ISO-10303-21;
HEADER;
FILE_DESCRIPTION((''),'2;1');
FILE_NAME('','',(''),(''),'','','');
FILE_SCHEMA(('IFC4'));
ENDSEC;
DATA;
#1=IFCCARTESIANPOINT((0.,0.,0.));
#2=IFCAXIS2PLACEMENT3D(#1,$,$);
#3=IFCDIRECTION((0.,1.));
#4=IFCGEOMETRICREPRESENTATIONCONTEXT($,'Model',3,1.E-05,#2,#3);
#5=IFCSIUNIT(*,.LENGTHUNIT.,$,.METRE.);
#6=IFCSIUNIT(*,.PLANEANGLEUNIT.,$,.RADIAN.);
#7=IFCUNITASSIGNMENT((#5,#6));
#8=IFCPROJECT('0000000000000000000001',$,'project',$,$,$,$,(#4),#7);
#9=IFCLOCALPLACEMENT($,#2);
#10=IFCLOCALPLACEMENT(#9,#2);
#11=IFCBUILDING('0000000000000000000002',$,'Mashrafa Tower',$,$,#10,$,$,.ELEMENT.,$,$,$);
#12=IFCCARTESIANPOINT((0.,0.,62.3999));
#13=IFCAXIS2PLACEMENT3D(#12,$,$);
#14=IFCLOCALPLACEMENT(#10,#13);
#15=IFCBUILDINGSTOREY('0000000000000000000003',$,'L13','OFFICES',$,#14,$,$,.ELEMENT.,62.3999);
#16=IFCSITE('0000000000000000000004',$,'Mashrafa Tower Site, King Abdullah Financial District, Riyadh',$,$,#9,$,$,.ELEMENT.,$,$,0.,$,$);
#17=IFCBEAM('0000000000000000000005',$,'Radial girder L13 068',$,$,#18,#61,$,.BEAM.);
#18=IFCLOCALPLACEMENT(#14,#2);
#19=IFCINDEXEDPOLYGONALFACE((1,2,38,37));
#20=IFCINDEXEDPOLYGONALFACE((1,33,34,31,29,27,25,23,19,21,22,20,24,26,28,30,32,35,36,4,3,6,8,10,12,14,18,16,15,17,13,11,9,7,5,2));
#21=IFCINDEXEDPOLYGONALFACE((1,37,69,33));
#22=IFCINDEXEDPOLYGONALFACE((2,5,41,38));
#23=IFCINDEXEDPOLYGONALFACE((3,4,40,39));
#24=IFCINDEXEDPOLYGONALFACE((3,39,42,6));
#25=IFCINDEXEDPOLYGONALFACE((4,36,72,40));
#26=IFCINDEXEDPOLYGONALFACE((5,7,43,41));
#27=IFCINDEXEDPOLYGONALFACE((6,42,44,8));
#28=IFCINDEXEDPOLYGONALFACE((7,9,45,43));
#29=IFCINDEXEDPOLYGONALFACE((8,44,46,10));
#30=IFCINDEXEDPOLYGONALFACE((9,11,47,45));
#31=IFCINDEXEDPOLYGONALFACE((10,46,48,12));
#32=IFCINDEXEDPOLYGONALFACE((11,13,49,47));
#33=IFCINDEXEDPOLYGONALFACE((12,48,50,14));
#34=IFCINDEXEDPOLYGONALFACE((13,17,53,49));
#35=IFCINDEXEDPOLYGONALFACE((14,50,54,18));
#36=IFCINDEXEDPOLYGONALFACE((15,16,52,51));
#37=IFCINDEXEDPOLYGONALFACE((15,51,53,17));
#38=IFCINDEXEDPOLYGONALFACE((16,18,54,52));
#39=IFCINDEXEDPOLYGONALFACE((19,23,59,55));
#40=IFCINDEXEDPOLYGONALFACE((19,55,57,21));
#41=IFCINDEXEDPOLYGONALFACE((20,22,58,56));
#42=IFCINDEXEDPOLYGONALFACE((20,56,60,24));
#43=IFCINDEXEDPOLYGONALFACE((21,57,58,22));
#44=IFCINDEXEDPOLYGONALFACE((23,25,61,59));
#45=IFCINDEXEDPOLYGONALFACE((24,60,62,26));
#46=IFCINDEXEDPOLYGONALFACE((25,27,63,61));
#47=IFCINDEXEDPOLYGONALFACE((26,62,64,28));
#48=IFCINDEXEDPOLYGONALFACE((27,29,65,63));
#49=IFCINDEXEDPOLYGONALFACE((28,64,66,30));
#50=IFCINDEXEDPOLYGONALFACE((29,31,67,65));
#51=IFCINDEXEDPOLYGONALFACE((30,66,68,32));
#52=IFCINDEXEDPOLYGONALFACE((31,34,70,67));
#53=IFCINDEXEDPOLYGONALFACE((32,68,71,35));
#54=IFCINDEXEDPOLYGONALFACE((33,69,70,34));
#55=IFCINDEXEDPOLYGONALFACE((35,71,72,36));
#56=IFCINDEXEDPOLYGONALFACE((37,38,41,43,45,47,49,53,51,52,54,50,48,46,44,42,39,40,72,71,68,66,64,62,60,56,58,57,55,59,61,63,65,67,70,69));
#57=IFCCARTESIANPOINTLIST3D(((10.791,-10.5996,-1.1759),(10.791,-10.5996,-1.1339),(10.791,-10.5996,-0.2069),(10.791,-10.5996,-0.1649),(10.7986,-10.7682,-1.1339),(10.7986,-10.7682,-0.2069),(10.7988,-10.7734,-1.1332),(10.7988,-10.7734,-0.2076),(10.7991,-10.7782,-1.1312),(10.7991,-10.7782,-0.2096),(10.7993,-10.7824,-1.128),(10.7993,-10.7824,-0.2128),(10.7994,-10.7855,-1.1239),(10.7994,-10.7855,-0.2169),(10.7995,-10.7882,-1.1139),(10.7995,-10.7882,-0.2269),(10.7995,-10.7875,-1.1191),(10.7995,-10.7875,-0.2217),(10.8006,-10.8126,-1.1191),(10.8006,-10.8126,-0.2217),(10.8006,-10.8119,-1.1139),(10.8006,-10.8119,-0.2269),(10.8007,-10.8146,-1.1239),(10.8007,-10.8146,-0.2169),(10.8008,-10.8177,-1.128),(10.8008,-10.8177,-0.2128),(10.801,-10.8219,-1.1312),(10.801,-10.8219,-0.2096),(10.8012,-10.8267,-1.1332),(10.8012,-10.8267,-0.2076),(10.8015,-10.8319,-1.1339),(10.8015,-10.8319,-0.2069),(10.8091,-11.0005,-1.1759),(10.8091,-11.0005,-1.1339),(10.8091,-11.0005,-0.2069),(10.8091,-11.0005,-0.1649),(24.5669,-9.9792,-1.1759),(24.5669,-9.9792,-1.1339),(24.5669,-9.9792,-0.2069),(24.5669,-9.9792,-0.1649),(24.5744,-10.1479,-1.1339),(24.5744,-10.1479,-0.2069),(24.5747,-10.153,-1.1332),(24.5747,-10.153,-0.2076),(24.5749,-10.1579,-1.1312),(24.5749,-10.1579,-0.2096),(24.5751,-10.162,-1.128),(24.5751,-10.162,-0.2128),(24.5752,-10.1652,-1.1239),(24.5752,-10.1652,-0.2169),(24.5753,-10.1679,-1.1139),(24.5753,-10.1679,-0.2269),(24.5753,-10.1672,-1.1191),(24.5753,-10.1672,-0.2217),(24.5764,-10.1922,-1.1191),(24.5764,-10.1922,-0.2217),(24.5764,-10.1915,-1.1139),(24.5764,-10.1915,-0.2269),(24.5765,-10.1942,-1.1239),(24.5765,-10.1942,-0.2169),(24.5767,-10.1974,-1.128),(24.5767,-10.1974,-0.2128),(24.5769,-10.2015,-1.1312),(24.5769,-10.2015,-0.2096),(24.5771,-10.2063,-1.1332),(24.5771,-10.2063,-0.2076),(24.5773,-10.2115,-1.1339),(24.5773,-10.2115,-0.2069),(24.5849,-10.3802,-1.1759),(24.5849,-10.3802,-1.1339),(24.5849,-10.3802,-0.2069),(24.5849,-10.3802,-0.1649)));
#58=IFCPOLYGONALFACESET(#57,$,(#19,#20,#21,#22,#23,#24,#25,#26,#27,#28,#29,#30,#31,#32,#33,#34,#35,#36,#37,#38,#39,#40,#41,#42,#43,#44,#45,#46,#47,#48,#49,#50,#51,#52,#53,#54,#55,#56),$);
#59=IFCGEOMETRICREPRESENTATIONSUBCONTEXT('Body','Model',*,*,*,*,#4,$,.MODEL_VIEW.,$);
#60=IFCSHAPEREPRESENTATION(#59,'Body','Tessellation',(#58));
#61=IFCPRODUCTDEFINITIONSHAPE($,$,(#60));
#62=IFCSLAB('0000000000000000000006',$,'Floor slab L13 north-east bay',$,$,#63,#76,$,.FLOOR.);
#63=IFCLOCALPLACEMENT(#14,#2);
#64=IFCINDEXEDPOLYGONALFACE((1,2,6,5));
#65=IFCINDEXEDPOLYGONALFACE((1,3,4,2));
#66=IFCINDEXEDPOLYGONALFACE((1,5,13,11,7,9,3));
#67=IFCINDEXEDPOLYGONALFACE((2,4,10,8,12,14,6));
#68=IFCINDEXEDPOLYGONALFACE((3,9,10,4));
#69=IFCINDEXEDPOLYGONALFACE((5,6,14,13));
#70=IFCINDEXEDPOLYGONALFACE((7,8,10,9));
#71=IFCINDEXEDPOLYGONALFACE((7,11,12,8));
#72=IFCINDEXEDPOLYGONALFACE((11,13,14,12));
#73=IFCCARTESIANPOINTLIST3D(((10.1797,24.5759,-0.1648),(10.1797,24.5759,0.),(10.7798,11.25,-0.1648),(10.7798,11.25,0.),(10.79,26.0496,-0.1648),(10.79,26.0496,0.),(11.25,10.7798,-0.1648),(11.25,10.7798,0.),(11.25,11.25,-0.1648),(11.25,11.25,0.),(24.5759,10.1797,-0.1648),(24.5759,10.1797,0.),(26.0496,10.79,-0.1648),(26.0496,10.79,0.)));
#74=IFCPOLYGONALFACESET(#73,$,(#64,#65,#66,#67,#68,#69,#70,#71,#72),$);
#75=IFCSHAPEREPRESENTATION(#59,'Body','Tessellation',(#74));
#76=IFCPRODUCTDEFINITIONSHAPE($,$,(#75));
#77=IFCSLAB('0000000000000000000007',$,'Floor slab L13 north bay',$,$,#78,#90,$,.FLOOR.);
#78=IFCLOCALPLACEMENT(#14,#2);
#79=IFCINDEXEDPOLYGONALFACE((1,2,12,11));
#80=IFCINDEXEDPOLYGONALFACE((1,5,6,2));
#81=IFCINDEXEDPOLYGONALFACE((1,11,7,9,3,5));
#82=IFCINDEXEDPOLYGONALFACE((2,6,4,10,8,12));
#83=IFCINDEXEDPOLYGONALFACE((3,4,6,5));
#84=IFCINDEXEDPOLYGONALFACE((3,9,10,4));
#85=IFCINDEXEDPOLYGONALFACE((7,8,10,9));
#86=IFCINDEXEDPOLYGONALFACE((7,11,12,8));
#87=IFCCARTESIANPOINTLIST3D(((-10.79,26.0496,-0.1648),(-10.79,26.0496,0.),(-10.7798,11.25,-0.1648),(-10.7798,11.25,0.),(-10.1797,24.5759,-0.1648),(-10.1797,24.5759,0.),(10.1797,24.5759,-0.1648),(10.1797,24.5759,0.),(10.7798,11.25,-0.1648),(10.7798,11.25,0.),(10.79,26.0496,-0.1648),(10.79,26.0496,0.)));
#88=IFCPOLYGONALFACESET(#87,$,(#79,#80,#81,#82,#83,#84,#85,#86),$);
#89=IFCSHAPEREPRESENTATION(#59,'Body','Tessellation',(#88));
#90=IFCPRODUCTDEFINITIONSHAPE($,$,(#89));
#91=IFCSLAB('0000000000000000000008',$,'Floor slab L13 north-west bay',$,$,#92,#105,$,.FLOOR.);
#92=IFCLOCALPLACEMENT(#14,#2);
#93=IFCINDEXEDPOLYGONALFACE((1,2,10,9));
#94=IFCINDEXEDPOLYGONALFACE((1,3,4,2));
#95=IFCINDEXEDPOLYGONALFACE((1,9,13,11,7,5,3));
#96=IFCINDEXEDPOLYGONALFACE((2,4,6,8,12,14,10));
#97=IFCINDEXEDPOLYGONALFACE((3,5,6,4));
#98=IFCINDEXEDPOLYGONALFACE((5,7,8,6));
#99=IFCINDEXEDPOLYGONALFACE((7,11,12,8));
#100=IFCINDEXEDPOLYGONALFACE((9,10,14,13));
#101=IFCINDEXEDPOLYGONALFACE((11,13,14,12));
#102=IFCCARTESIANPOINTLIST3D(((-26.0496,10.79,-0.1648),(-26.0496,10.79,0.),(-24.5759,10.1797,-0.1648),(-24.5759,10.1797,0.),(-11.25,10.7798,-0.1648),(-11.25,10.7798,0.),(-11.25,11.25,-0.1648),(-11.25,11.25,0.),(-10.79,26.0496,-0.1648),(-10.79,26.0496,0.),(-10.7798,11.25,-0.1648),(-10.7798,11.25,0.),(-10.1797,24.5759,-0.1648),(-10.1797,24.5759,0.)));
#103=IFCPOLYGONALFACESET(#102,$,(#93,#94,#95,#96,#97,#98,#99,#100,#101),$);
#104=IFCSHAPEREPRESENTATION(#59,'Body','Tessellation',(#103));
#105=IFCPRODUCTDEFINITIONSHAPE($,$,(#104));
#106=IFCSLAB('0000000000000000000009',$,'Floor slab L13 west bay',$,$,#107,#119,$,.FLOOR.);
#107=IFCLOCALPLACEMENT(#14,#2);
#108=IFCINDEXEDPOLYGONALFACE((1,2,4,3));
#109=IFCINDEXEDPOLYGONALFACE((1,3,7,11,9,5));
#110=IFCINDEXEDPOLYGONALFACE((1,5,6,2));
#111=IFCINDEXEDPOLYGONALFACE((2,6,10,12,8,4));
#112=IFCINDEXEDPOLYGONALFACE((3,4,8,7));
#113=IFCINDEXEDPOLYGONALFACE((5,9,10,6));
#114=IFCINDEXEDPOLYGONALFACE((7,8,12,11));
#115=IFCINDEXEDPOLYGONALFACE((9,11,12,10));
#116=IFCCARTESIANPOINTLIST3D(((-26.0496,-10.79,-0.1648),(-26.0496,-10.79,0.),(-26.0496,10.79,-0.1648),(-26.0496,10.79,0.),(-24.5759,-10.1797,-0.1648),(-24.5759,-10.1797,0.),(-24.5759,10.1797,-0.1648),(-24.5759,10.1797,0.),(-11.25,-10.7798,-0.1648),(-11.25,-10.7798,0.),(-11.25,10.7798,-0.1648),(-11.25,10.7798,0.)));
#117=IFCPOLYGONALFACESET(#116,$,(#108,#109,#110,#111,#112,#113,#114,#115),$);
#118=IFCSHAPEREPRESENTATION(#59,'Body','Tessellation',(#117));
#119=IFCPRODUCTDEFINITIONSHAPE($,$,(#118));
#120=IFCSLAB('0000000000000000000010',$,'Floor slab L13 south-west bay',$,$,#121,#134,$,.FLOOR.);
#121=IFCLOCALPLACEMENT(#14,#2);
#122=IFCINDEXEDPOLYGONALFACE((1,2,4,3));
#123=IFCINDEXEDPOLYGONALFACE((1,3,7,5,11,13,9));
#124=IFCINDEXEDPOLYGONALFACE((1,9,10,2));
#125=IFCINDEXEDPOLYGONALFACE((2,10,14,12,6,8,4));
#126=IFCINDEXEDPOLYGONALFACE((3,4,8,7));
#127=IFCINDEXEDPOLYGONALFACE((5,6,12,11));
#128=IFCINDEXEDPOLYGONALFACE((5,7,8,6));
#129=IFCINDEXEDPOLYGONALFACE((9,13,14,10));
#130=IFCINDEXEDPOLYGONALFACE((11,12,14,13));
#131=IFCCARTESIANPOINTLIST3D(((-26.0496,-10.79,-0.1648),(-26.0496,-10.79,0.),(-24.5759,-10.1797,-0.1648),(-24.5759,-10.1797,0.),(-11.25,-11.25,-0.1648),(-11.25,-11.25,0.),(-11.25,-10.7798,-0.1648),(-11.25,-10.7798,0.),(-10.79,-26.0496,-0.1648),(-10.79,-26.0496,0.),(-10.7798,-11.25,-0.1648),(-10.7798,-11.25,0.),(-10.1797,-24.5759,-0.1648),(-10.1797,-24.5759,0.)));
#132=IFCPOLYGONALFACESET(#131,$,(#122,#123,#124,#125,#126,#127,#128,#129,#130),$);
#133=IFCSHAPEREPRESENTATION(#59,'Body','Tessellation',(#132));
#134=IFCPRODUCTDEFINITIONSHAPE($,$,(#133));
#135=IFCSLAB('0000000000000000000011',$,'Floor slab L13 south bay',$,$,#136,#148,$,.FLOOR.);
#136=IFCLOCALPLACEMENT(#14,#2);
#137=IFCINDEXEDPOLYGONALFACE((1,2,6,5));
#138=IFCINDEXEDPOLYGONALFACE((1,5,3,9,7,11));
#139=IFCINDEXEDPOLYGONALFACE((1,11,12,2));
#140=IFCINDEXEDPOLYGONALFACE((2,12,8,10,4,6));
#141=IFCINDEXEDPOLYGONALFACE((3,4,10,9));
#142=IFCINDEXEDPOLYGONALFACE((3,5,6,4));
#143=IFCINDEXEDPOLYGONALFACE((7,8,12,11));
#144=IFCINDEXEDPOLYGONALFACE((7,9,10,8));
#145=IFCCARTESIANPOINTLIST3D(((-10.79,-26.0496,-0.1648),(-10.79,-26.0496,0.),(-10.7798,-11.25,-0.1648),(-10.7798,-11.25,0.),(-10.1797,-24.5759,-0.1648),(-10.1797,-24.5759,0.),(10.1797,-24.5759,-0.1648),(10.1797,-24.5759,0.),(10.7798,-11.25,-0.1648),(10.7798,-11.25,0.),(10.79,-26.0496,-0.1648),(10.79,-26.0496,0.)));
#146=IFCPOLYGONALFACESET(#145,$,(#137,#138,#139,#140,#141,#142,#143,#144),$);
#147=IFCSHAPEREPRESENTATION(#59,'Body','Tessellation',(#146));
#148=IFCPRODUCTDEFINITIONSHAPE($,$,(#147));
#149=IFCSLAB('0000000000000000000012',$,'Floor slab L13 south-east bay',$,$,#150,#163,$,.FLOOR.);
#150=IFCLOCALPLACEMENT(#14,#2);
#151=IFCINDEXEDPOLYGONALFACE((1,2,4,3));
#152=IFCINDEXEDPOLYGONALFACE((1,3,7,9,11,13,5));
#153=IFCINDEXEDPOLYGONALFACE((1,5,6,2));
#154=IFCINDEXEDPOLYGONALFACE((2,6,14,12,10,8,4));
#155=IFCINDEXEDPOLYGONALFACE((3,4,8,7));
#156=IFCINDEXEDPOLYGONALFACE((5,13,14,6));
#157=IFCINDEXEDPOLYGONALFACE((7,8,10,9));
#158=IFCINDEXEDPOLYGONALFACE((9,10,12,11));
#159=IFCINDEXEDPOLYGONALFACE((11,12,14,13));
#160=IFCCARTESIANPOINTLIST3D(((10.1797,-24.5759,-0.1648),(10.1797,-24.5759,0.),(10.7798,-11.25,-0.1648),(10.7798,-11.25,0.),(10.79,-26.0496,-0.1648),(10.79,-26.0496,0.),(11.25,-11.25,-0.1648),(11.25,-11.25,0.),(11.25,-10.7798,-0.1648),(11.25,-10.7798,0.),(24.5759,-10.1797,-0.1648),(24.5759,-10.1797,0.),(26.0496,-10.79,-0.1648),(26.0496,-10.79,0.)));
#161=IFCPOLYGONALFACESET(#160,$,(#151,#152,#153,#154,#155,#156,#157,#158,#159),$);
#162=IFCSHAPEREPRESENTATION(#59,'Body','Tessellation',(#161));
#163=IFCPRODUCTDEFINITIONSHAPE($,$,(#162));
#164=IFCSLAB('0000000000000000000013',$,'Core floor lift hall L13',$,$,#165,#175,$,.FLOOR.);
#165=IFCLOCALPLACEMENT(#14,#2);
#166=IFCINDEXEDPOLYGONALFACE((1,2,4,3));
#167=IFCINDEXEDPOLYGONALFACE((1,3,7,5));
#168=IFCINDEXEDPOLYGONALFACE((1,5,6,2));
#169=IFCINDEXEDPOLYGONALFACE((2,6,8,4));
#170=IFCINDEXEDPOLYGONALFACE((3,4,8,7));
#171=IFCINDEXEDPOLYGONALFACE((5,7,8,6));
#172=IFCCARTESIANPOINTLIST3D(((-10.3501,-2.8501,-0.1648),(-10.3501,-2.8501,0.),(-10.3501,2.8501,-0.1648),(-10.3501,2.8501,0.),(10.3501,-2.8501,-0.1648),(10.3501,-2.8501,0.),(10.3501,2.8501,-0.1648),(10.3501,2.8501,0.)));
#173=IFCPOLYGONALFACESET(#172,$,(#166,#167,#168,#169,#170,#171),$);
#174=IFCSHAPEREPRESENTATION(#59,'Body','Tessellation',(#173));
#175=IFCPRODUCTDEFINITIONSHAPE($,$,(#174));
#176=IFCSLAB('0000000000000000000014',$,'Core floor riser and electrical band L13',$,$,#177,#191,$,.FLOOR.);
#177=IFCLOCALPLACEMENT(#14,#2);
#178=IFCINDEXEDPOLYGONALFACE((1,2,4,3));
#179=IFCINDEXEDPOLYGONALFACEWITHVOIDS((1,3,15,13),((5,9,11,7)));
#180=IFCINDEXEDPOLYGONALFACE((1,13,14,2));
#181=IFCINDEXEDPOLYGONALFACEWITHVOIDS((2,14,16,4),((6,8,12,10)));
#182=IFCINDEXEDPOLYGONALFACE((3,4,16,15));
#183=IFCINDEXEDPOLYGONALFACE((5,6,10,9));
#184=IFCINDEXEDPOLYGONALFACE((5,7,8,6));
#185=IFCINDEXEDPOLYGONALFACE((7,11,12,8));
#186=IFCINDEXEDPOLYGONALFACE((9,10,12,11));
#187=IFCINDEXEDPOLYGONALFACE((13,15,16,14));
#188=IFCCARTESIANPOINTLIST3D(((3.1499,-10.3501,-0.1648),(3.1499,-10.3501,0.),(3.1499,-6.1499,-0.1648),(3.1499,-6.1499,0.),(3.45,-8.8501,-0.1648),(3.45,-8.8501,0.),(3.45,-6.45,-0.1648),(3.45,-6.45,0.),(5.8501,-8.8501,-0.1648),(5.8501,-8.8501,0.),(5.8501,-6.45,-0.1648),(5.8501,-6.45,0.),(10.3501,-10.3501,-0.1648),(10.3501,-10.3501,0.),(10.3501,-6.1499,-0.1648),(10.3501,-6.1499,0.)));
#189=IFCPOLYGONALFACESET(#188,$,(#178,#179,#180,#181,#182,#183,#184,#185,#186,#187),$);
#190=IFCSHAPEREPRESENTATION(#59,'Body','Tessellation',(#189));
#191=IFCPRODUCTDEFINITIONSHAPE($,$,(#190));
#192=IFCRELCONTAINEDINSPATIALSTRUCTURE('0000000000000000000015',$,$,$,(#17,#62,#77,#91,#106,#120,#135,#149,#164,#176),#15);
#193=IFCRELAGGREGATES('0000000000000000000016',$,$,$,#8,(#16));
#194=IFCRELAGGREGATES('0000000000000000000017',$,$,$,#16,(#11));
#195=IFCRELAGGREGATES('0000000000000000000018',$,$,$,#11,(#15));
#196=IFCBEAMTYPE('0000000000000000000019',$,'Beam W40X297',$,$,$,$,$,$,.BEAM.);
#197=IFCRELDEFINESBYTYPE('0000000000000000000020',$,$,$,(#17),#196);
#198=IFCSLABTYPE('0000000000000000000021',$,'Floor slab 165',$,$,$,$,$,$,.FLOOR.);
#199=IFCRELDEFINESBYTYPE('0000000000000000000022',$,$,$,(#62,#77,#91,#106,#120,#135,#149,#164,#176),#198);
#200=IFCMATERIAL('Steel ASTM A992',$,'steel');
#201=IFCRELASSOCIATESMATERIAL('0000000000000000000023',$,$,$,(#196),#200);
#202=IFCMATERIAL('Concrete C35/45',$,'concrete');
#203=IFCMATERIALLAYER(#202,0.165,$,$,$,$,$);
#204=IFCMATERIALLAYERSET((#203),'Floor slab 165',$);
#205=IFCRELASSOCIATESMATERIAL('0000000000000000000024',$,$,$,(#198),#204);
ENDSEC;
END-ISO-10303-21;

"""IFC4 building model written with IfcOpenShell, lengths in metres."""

from ifc_helpers import new_model, si_unit, direction, frame, origin, origin_2d, place, context, subcontext, project, spatial, polyline, i_section, outline, extrude, material, layer, layer_set, material_profile, profile_set, type_object, element, save


model = new_model("IFC4")

# Units and contexts
model_context = context("Model", 3, precision=1e-05, world=origin(), true_north=direction((0.0, 1.0)))
body_context = subcontext(model_context, "Body", "Model", "MODEL_VIEW")
ifc_project = project(units=[si_unit("LENGTHUNIT", "METRE"), si_unit("PLANEANGLEUNIT", "RADIAN")], contexts=[model_context])

# Site, building, storey
site_placement = place(None, origin())
site = spatial("IfcSite", under=ifc_project, at=site_placement, Name="Mashrafa Tower Site, King Abdullah Financial District, Riyadh", CompositionType="ELEMENT", RefElevation=0.0)
building_placement = place(site_placement, origin())
building = spatial("IfcBuilding", under=site, at=building_placement, Name="Mashrafa Tower", CompositionType="ELEMENT")
storey_placement = place(building_placement, frame((0.0, 0.0, 62.3999)))
storey = spatial("IfcBuildingStorey", under=building, at=storey_placement, Name="L13", Description="OFFICES", CompositionType="ELEMENT", Elevation=62.3999)

# Beam
ifc_material_1 = material(Name="Steel ASTM A992", Category="steel")
ifc_material_profile = material_profile(ifc_material_1, i_section(OverallWidth=0.4014, OverallDepth=1.011, WebThickness=0.0237, FlangeThickness=0.042, FilletRadius=0.02, at=origin_2d()), Name="W40X297")
ifc_profile_set = profile_set([ifc_material_profile], Name="Steel ASTM A992")
beam_type = type_object("IfcBeamType", Name="Beam W40X297", PredefinedType="BEAM", material=ifc_profile_set)
beam_placement = place(storey_placement, frame((10.8, -10.8, -0.6704), z_axis=(0.998988, 0.044987, 0.0), x_axis=(-0.044987, 0.998988, 0.0)))
element("IfcBeam", 1, at=beam_placement, inside=storey, type_object=beam_type, Name="Radial girder L13 068", PredefinedType="BEAM", context=body_context, shape_type="SweptSolid", body=[
    extrude(i_section(OverallWidth=0.4014, OverallDepth=1.011, WebThickness=0.0237, FlangeThickness=0.042, FilletRadius=0.02, at=origin_2d()), origin(), (0.0, 0.0, 1.0), 13.7898),
])

# Slabs
ifc_material_2 = material(Name="Concrete C35/45", Category="concrete")
ifc_layer_1 = layer(ifc_material_2, 0.165)
ifc_layer_set_1 = layer_set([ifc_layer_1], Name="Floor slab 165")
slab_type_1 = type_object("IfcSlabType", Name="Floor slab 165", PredefinedType="FLOOR", material=ifc_layer_set_1)
slab_1_placement = place(storey_placement, frame((0.0, 0.0, -0.1648)))
element("IfcSlab", 2, at=slab_1_placement, inside=storey, type_object=slab_type_1, Name="Floor slab L13 north-east bay", PredefinedType="FLOOR", context=body_context, shape_type="SweptSolid", body=[
    extrude(outline(polyline([(10.79, 26.0496), (26.0496, 10.79), (26.0496, 10.79), (24.5759, 10.1797), (11.25, 10.7798), (11.25, 11.25), (10.7798, 11.25), (10.1797, 24.5759), (10.79, 26.0496), (10.79, 26.0496)])), origin(), (0.0, 0.0, 1.0), 0.1648),
])
slab_2_placement = place(storey_placement, frame((0.0, 0.0, -0.1648)))
element("IfcSlab", 3, at=slab_2_placement, inside=storey, type_object=slab_type_1, Name="Floor slab L13 north bay", PredefinedType="FLOOR", context=body_context, shape_type="SweptSolid", body=[
    extrude(outline(polyline([(10.79, 26.0496), (10.1797, 24.5759), (10.7798, 11.25), (-10.7798, 11.25), (-10.1797, 24.5759), (-10.79, 26.0496), (10.79, 26.0496)])), origin(), (0.0, 0.0, 1.0), 0.1648),
])
slab_3_placement = place(storey_placement, frame((0.0, 0.0, -0.1648)))
element("IfcSlab", 4, at=slab_3_placement, inside=storey, type_object=slab_type_1, Name="Floor slab L13 north-west bay", PredefinedType="FLOOR", context=body_context, shape_type="SweptSolid", body=[
    extrude(outline(polyline([(-26.0496, 10.79), (-10.79, 26.0496), (-10.79, 26.0496), (-10.1797, 24.5759), (-10.7798, 11.25), (-11.25, 11.25), (-11.25, 10.7798), (-24.5759, 10.1797), (-26.0496, 10.79), (-26.0496, 10.79)])), origin(), (0.0, 0.0, 1.0), 0.1648),
])
slab_4_placement = place(storey_placement, frame((0.0, 0.0, -0.1648)))
element("IfcSlab", 5, at=slab_4_placement, inside=storey, type_object=slab_type_1, Name="Floor slab L13 west bay", PredefinedType="FLOOR", context=body_context, shape_type="SweptSolid", body=[
    extrude(outline(polyline([(-26.0496, 10.79), (-24.5759, 10.1797), (-11.25, 10.7798), (-11.25, -10.7798), (-24.5759, -10.1797), (-26.0496, -10.79), (-26.0496, 10.79)])), origin(), (0.0, 0.0, 1.0), 0.1648),
])
slab_5_placement = place(storey_placement, frame((0.0, 0.0, -0.1648)))
element("IfcSlab", 6, at=slab_5_placement, inside=storey, type_object=slab_type_1, Name="Floor slab L13 south-west bay", PredefinedType="FLOOR", context=body_context, shape_type="SweptSolid", body=[
    extrude(outline(polyline([(-10.79, -26.0496), (-26.0496, -10.79), (-26.0496, -10.79), (-24.5759, -10.1797), (-11.25, -10.7798), (-11.25, -11.25), (-10.7798, -11.25), (-10.1797, -24.5759), (-10.79, -26.0496), (-10.79, -26.0496)])), origin(), (0.0, 0.0, 1.0), 0.1648),
])
slab_6_placement = place(storey_placement, frame((0.0, 0.0, -0.1648)))
element("IfcSlab", 7, at=slab_6_placement, inside=storey, type_object=slab_type_1, Name="Floor slab L13 south bay", PredefinedType="FLOOR", context=body_context, shape_type="SweptSolid", body=[
    extrude(outline(polyline([(-10.79, -26.0496), (-10.1797, -24.5759), (-10.7798, -11.25), (10.7798, -11.25), (10.1797, -24.5759), (10.79, -26.0496), (-10.79, -26.0496)])), origin(), (0.0, 0.0, 1.0), 0.1648),
])
slab_7_placement = place(storey_placement, frame((0.0, 0.0, -0.1648)))
element("IfcSlab", 8, at=slab_7_placement, inside=storey, type_object=slab_type_1, Name="Floor slab L13 south-east bay", PredefinedType="FLOOR", context=body_context, shape_type="SweptSolid", body=[
    extrude(outline(polyline([(10.79, -26.0496), (10.1797, -24.5759), (10.7798, -11.25), (11.25, -11.25), (11.25, -10.7798), (24.5759, -10.1797), (26.0496, -10.79), (26.0496, -10.79), (10.79, -26.0496), (10.79, -26.0496)])), origin(), (0.0, 0.0, 1.0), 0.1648),
])
slab_8_placement = place(storey_placement, frame((0.0, 0.0, -0.1648)))
element("IfcSlab", 9, at=slab_8_placement, inside=storey, type_object=slab_type_1, Name="Core floor lift hall L13", PredefinedType="FLOOR", context=body_context, shape_type="SweptSolid", body=[
    extrude(outline(polyline([(-10.3501, 2.8501), (10.3501, 2.8501), (10.3501, -2.8501), (-10.3501, -2.8501), (-10.3501, 2.8501)])), origin(), (0.0, 0.0, 1.0), 0.1648),
])
slab_9_placement = place(storey_placement, frame((0.0, 0.0, -0.1648)))
element("IfcSlab", 10, at=slab_9_placement, inside=storey, type_object=slab_type_1, Name="Core floor riser and electrical band L13", PredefinedType="FLOOR", context=body_context, shape_type="SweptSolid", body=[
    extrude(outline(polyline([(10.3501, -6.1499), (10.3501, -10.3501), (3.1499, -10.3501), (3.1499, -6.1499), (10.3501, -6.1499)]), holes=[polyline([(3.45, -8.8501), (5.8501, -8.8501), (5.8501, -6.45), (3.45, -6.45), (3.45, -8.8501)])]), origin(), (0.0, 0.0, 1.0), 0.1648),
])

save(model, "model.ifc")
